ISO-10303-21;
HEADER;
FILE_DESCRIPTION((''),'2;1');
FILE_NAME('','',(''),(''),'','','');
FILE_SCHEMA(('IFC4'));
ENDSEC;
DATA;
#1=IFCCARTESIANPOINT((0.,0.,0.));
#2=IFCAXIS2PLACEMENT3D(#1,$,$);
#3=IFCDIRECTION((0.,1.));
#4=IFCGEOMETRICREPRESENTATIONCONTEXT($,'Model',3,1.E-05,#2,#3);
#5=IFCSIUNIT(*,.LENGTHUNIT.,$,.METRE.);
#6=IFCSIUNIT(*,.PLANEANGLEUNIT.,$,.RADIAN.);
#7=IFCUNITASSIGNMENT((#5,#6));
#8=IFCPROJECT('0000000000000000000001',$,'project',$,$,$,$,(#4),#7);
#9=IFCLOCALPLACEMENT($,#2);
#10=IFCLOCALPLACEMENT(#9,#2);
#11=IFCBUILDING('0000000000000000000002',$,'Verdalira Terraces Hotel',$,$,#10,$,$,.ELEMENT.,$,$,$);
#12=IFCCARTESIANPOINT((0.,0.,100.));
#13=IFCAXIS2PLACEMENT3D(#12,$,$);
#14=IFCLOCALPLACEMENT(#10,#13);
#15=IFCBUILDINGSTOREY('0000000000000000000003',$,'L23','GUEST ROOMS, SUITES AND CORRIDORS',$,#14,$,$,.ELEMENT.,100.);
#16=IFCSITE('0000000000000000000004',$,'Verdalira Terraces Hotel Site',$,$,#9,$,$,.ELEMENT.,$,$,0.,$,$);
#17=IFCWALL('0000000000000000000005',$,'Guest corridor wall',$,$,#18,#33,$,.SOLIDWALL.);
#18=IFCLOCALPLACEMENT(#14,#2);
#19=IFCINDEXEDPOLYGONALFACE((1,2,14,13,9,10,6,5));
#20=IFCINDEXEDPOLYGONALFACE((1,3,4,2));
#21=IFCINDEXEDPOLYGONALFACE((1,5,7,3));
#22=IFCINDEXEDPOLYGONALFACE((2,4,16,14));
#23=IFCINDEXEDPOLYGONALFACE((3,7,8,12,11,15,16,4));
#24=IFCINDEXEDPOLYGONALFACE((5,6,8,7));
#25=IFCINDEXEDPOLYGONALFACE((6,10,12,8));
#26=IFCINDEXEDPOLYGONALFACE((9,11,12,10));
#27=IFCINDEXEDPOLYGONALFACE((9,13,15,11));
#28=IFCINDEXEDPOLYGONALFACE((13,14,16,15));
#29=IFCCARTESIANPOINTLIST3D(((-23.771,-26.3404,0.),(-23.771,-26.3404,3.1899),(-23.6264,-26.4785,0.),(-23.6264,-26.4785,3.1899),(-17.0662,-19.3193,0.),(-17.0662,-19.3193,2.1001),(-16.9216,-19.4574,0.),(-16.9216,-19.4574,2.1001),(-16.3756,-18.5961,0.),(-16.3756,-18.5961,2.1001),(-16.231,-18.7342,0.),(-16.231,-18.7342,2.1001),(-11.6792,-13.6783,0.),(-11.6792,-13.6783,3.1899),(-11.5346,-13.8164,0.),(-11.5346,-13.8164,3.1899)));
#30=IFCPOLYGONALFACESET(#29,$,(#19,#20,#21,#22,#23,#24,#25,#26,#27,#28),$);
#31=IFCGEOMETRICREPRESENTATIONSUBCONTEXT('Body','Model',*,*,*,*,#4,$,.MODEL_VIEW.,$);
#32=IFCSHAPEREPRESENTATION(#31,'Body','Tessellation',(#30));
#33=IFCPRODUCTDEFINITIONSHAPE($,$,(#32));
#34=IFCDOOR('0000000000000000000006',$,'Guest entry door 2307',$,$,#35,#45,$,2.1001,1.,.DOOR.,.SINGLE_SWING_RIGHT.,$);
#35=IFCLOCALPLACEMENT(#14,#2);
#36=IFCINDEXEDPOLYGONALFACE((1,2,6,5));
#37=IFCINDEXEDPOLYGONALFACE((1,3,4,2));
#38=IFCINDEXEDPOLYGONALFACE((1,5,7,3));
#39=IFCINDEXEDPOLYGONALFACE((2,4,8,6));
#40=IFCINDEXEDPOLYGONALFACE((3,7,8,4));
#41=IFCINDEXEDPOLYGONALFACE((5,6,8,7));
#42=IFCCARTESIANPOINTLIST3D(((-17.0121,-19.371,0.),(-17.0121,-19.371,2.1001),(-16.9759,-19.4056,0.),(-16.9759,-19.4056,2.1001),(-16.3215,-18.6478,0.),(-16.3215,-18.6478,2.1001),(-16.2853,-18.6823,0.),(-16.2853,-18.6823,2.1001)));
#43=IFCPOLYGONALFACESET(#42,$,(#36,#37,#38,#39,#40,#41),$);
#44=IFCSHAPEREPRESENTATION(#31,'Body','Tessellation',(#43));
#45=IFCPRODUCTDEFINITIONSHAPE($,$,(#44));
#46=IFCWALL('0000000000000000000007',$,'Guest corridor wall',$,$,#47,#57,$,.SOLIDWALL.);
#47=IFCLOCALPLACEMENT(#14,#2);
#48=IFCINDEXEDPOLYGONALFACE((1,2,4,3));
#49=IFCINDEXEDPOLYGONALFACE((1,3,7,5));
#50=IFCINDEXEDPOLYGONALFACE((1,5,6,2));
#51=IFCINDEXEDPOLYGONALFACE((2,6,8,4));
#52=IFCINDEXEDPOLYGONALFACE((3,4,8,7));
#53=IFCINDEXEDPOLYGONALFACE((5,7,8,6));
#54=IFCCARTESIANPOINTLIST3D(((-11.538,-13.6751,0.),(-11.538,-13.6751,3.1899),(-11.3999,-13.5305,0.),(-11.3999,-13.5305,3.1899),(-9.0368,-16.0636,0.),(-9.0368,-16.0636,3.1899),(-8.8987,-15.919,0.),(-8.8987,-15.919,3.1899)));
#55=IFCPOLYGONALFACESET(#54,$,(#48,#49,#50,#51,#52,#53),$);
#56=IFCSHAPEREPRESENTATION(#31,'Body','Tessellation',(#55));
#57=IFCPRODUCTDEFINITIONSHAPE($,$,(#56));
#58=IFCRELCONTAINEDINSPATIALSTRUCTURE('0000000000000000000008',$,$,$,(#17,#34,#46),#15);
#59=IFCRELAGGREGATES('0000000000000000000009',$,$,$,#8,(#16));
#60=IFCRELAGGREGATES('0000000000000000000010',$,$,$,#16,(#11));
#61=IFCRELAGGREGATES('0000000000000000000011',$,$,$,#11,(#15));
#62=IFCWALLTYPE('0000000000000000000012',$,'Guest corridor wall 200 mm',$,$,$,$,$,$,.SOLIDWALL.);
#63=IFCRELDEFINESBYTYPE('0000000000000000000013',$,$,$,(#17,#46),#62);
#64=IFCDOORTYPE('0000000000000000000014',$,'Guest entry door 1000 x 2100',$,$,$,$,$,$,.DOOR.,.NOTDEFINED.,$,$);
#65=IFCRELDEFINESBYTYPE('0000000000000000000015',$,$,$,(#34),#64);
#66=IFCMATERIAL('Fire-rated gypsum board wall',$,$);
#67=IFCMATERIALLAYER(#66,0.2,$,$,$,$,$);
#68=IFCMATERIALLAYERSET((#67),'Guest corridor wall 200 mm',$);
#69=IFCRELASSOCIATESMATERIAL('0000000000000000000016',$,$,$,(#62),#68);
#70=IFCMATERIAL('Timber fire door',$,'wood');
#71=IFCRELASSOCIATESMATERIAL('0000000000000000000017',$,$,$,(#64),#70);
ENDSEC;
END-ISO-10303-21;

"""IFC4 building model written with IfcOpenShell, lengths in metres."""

from ifc_helpers import new_model, si_unit, direction, frame, frame_2d, origin, place, context, subcontext, project, spatial, rectangle, extrude, material, layer, layer_set, type_object, element, fill, save


model = new_model("IFC4")

# Units and contexts
model_context = context("Model", 3, precision=1e-05, world=origin(), true_north=direction((0.0, 1.0)))
body_context = subcontext(model_context, "Body", "Model", "MODEL_VIEW")
ifc_project = project(units=[si_unit("LENGTHUNIT", "METRE"), si_unit("PLANEANGLEUNIT", "RADIAN")], contexts=[model_context])

# Site, building, storey
site_placement = place(None, origin())
site = spatial("IfcSite", under=ifc_project, at=site_placement, Name="Verdalira Terraces Hotel Site", CompositionType="ELEMENT", RefElevation=0.0)
building_placement = place(site_placement, origin())
building = spatial("IfcBuilding", under=site, at=building_placement, Name="Verdalira Terraces Hotel", CompositionType="ELEMENT")
storey_placement = place(building_placement, frame((0.0, 0.0, 100.0)))
storey = spatial("IfcBuildingStorey", under=building, at=storey_placement, Name="L23", Description="GUEST ROOMS, SUITES AND CORRIDORS", CompositionType="ELEMENT", Elevation=100.0)

# Wall, opening, door
ifc_material_1 = material(Name="Fire-rated gypsum board wall")
ifc_layer_1 = layer(ifc_material_1, 0.2)
ifc_layer_set_1 = layer_set([ifc_layer_1], Name="Guest corridor wall 200 mm")
wall_type_1 = type_object("IfcWallType", Name="Guest corridor wall 200 mm", PredefinedType="SOLIDWALL", material=ifc_layer_set_1)
wall_1_placement = place(storey_placement, frame((-11.6069, -13.7473, 0.0), z_axis=(0.0, 0.0, 1.0), x_axis=(-0.690632, -0.723206, 0.0)))
wall_1 = element("IfcWall", 1, at=wall_1_placement, inside=storey, type_object=wall_type_1, Name="Guest corridor wall", PredefinedType="SOLIDWALL", context=body_context, shape_type="SweptSolid", body=[
    extrude(rectangle(XDim=17.5083, YDim=0.2, at=frame_2d((8.7541, 0.0))), origin(), (0.0, 0.0, 1.0), 3.1899),
])
opening_1_placement = place(wall_1_placement, frame((6.8, 0.0, 0.0)))
opening_1 = element("IfcOpeningElement", 2, at=opening_1_placement, cuts=wall_1, PredefinedType="OPENING", context=body_context, shape_type="SweptSolid", body=[
    extrude(rectangle(XDim=1.0, YDim=2.1001, at=frame_2d((0.5, 1.05))), frame((0.0, 0.1099, 0.0), z_axis=(0.0, -1.0, 0.0), x_axis=(1.0, 0.0, 0.0)), (0.0, 0.0, 1.0), 0.22),
])
ifc_material_2 = material(Name="Timber fire door", Category="wood")
door_type_1 = type_object("IfcDoorType", Name="Guest entry door 1000 x 2100", OperationType="NOTDEFINED", PredefinedType="DOOR", material=ifc_material_2)
door_1_placement = place(opening_1_placement, origin())
door_1 = element("IfcDoor", 3, at=door_1_placement, inside=storey, type_object=door_type_1, Name="Guest entry door 2307", OperationType="SINGLE_SWING_RIGHT", OverallHeight=2.1001, OverallWidth=1.0, PredefinedType="DOOR", context=body_context, shape_type="SweptSolid", body=[
    extrude(rectangle(XDim=1.0, YDim=2.1001, at=frame_2d((0.5, 1.05))), frame((0.0, 0.0249, 0.0), z_axis=(0.0, -1.0, 0.0), x_axis=(1.0, 0.0, 0.0)), (0.0, 0.0, 1.0), 0.05),
])
fill(opening_1, door_1)

# Wall
wall_2_placement = place(storey_placement, frame((-11.469, -13.6028, 0.0), z_axis=(0.0, 0.0, 1.0), x_axis=(0.723226, -0.690612, 0.0)))
element("IfcWall", 4, at=wall_2_placement, inside=storey, type_object=wall_type_1, Name="Guest corridor wall", PredefinedType="SOLIDWALL", context=body_context, shape_type="SweptSolid", body=[
    extrude(rectangle(XDim=3.4585, YDim=0.2, at=frame_2d((1.7292, 0.0))), origin(), (0.0, 0.0, 1.0), 3.1899),
])

save(model, "model.ifc")
